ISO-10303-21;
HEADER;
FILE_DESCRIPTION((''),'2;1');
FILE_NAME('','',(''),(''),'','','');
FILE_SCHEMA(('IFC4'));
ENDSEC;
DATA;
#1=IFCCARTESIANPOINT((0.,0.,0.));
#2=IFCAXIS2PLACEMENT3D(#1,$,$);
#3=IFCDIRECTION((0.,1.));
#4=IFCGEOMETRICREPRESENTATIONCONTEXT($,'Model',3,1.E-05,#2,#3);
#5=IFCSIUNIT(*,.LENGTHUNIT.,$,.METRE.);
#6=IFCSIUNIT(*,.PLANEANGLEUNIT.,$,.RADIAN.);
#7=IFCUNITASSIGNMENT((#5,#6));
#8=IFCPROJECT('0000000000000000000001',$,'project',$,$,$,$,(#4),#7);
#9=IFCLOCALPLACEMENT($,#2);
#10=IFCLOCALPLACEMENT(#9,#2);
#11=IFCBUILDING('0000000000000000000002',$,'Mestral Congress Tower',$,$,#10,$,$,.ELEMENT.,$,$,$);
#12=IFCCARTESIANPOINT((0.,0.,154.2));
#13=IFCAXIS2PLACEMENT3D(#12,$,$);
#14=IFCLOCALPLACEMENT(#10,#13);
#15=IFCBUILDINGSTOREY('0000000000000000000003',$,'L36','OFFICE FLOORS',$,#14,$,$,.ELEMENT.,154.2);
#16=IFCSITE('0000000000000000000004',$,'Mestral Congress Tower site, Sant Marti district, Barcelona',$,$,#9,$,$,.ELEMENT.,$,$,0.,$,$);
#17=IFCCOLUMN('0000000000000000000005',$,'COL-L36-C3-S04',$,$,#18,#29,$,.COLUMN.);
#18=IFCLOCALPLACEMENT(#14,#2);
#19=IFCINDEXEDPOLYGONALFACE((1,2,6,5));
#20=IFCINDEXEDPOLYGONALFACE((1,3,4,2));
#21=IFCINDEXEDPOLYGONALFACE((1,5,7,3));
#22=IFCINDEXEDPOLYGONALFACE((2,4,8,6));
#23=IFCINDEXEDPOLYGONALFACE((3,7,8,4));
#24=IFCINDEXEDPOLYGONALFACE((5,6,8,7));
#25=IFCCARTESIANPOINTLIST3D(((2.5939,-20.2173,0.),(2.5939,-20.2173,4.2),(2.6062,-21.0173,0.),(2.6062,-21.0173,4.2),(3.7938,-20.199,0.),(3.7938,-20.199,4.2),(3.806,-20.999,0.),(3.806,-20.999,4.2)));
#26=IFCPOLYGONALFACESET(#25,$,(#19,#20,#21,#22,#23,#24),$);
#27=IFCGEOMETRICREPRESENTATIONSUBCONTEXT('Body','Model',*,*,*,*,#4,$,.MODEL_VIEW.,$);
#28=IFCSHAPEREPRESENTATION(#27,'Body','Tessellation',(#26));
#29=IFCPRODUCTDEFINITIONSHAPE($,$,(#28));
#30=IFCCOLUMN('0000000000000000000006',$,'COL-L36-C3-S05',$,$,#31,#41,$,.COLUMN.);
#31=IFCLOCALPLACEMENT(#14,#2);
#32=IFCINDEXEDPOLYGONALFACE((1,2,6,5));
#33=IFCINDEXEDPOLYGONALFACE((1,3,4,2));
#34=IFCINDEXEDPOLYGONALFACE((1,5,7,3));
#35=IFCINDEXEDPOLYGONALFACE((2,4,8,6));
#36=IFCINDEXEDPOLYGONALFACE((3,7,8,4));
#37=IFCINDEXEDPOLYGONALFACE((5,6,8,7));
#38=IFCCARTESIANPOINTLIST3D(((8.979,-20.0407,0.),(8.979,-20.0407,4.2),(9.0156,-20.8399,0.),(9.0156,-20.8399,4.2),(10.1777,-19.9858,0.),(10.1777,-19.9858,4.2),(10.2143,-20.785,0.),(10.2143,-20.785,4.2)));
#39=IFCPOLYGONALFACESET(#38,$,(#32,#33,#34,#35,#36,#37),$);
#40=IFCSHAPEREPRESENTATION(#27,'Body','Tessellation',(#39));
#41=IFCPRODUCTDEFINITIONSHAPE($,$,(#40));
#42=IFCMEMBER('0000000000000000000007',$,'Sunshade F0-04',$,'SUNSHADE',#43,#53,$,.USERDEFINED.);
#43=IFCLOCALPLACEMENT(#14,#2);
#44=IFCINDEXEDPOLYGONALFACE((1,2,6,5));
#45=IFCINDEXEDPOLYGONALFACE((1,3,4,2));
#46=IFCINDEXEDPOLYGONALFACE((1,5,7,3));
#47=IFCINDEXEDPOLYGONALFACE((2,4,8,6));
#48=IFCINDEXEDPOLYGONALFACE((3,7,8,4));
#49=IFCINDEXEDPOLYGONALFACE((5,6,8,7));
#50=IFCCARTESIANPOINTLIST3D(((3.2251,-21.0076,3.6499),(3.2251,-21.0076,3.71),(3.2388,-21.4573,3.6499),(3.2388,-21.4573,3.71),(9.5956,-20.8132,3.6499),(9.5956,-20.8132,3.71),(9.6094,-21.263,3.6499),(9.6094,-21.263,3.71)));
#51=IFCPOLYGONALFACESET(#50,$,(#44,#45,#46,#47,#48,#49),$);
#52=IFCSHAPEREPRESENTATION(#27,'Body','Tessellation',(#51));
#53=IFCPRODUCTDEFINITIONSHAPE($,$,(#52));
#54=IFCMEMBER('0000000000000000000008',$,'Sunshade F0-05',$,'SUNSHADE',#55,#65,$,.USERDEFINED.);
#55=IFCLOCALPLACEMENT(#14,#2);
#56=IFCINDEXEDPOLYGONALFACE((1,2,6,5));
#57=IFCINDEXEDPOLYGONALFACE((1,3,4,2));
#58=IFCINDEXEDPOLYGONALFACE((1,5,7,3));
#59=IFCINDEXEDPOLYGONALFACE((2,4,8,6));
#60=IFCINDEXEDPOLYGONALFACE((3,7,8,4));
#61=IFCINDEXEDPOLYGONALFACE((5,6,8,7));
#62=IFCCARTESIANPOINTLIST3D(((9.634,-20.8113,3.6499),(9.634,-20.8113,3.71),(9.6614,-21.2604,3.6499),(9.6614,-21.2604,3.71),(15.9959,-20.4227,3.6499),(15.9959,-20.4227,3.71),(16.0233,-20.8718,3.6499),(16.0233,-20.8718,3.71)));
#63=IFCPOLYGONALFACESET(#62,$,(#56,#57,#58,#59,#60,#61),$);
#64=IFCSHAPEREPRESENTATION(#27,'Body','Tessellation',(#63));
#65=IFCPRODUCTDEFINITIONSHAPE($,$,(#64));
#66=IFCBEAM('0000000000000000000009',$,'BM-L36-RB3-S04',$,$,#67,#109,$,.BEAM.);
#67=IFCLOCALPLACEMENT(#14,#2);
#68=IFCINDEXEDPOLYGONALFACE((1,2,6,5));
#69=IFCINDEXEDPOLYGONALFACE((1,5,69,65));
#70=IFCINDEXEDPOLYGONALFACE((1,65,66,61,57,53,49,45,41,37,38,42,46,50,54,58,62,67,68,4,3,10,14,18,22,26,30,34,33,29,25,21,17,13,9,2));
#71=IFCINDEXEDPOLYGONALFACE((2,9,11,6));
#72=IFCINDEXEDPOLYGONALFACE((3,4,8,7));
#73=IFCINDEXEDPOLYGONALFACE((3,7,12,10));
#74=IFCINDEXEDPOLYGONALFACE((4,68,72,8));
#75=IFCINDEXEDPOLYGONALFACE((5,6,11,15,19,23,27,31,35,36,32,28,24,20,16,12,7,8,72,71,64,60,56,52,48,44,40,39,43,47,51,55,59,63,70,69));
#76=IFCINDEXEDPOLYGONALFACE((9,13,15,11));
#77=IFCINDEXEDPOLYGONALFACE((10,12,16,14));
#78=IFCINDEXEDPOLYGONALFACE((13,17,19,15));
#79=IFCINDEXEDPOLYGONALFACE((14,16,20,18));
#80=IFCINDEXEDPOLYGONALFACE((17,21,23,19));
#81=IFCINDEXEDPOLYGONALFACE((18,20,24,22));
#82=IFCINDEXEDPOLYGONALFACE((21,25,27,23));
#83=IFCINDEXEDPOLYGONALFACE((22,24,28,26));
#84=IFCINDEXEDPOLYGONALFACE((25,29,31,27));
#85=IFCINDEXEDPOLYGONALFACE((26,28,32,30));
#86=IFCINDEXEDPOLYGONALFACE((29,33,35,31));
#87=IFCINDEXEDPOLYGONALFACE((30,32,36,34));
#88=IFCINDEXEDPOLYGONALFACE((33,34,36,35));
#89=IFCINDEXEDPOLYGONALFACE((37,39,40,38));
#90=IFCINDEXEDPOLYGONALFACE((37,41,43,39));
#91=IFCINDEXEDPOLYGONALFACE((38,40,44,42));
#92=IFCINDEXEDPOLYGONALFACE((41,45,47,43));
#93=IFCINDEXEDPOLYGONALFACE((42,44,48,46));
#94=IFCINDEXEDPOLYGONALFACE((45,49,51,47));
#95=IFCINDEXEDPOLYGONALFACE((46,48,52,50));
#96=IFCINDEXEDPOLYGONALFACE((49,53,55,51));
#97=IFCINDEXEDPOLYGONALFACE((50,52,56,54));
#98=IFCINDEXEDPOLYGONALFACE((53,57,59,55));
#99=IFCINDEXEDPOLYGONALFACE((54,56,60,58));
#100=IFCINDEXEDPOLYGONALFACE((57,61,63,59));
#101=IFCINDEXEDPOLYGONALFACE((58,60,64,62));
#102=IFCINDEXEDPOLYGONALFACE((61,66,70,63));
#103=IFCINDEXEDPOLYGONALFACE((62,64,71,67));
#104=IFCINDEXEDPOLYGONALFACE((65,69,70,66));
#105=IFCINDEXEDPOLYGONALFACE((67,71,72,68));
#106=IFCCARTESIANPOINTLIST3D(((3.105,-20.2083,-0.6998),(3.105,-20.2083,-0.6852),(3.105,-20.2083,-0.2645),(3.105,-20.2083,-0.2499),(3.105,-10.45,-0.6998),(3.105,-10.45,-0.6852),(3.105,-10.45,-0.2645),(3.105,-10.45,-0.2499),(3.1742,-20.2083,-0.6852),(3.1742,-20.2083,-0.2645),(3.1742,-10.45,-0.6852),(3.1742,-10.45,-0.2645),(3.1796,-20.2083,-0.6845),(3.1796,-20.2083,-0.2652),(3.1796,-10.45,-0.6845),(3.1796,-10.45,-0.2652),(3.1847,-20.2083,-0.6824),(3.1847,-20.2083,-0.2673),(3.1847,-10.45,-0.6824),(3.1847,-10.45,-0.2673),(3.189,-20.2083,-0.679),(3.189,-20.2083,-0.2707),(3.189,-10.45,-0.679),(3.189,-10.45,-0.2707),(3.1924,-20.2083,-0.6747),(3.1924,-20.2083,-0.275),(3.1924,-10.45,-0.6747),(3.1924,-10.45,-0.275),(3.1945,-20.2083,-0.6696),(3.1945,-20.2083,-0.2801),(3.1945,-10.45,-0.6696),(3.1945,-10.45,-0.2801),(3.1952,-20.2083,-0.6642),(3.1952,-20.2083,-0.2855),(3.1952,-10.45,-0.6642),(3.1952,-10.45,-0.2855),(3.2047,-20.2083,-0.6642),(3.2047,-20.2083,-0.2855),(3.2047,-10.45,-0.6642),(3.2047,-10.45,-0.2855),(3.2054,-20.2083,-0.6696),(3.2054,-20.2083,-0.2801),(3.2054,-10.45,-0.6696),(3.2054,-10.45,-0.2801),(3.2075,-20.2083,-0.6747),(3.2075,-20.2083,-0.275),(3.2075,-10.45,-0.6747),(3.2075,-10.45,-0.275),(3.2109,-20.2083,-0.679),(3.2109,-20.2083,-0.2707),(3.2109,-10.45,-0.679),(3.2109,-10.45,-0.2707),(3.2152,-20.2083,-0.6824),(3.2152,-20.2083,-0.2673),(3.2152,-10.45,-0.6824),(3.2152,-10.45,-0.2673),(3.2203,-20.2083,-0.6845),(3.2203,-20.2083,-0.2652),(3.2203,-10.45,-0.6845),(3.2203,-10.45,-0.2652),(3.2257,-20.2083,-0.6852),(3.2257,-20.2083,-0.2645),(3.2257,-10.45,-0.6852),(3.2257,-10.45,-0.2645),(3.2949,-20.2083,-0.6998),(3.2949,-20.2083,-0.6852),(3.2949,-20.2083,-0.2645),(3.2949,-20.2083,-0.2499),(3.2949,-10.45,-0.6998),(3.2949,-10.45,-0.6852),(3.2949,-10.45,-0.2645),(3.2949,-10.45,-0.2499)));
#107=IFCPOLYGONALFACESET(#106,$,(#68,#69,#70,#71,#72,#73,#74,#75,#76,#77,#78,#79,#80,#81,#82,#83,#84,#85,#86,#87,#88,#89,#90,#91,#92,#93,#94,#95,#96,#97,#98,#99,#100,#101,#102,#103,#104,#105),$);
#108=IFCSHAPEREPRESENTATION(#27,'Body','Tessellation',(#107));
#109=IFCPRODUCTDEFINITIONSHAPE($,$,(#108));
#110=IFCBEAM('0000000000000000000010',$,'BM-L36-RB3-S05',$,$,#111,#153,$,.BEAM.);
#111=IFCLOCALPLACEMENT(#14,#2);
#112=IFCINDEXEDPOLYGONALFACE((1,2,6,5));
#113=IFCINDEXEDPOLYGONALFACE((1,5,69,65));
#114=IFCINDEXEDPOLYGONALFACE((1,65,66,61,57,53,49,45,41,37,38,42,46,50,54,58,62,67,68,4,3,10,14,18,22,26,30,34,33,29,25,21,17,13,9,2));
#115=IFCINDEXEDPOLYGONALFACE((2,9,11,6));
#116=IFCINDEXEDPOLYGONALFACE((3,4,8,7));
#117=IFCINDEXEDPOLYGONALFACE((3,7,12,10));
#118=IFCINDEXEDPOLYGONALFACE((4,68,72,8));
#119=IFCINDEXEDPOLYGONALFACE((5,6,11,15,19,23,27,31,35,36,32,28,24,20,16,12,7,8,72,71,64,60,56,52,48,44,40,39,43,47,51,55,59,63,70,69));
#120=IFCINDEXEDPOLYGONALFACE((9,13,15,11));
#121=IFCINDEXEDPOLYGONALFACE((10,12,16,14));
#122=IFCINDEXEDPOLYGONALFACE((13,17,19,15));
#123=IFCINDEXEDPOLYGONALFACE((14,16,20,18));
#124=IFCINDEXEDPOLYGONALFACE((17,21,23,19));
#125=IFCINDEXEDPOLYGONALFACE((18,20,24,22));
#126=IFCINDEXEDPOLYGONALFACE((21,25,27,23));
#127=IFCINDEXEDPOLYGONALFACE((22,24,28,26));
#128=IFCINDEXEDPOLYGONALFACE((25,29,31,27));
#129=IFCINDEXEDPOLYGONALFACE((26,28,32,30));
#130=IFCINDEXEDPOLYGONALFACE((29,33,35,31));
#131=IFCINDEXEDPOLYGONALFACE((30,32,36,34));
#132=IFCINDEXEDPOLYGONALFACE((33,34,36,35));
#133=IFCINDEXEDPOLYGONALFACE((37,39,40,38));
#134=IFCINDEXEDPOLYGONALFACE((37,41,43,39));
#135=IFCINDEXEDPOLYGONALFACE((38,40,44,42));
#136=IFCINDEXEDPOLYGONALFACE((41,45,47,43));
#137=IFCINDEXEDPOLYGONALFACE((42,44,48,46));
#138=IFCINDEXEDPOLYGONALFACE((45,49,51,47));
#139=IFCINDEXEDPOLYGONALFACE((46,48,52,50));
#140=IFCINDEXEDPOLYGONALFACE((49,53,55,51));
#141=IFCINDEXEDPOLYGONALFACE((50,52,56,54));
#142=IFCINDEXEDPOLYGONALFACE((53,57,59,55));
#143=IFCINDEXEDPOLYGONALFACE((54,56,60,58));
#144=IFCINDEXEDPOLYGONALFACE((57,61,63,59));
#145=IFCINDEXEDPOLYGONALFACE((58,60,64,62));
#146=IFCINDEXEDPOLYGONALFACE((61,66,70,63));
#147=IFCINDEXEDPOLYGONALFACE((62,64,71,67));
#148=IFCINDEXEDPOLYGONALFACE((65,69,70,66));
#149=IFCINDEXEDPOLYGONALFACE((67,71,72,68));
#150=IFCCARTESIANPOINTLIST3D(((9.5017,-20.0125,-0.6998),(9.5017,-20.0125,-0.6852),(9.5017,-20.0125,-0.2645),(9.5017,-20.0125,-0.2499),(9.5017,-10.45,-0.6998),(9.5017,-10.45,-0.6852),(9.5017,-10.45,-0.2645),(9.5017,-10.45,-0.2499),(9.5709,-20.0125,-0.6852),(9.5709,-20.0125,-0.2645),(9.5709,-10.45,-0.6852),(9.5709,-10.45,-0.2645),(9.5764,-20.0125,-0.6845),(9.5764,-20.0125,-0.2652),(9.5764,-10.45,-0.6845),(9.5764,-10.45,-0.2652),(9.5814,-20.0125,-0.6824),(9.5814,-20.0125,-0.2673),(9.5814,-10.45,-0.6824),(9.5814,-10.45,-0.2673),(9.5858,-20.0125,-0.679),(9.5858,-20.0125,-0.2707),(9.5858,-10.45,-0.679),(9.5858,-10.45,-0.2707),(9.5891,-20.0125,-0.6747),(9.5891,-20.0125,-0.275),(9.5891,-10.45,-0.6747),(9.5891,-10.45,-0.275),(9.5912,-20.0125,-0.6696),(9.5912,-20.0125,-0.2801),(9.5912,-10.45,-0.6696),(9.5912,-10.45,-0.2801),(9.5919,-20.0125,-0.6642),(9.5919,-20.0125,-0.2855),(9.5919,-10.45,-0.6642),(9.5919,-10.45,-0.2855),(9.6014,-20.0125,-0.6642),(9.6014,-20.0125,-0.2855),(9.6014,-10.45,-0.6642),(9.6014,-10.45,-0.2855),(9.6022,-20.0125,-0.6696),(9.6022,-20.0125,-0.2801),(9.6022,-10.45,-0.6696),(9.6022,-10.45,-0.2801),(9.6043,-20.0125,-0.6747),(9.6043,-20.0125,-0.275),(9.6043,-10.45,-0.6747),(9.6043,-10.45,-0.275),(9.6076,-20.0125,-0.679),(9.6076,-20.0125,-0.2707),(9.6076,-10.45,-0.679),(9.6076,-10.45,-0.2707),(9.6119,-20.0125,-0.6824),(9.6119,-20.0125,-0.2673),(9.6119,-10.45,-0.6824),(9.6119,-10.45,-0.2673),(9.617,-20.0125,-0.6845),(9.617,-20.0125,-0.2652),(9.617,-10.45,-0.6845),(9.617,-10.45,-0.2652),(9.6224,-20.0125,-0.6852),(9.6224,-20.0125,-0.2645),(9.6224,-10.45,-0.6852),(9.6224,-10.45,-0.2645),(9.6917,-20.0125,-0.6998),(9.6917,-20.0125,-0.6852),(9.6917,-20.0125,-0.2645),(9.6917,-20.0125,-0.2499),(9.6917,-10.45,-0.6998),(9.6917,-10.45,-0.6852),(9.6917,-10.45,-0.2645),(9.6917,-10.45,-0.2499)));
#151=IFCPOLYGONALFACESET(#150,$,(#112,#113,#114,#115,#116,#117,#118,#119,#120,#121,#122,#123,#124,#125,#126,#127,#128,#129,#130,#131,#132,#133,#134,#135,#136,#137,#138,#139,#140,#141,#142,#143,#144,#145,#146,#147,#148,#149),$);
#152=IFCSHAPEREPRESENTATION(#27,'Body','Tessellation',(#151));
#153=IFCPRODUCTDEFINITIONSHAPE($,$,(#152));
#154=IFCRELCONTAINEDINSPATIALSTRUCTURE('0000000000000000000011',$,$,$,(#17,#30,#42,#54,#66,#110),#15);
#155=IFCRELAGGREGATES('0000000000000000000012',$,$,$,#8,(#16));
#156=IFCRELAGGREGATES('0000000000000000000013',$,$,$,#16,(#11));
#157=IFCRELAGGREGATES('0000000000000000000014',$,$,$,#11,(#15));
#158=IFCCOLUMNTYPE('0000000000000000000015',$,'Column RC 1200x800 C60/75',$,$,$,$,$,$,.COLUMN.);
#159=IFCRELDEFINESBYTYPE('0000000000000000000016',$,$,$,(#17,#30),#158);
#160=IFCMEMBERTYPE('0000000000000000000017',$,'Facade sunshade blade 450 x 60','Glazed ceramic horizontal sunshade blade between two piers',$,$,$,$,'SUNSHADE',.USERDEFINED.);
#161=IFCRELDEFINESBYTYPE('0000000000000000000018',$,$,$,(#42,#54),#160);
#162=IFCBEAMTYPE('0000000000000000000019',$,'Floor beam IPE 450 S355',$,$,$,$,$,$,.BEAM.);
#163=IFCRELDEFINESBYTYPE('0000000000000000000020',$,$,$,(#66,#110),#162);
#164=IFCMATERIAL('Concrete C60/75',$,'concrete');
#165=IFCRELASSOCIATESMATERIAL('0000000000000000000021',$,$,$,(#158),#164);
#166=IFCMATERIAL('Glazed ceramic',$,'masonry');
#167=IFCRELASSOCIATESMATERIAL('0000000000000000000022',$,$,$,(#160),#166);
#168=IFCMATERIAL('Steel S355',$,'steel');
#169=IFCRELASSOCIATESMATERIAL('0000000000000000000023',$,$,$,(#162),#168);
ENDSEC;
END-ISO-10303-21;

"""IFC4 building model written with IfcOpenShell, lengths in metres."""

from ifc_helpers import new_model, si_unit, direction, frame, origin, origin_2d, place, context, subcontext, project, spatial, rectangle, i_section, extrude, material, material_profile, profile_set, type_object, element, save


model = new_model("IFC4")

# Units and contexts
model_context = context("Model", 3, precision=1e-05, world=origin(), true_north=direction((0.0, 1.0)))
body_context = subcontext(model_context, "Body", "Model", "MODEL_VIEW")
ifc_project = project(units=[si_unit("LENGTHUNIT", "METRE"), si_unit("PLANEANGLEUNIT", "RADIAN")], contexts=[model_context])

# Site, building, storey
site_placement = place(None, origin())
site = spatial("IfcSite", under=ifc_project, at=site_placement, Name="Mestral Congress Tower site, Sant Marti district, Barcelona", CompositionType="ELEMENT", RefElevation=0.0)
building_placement = place(site_placement, origin())
building = spatial("IfcBuilding", under=site, at=building_placement, Name="Mestral Congress Tower", CompositionType="ELEMENT")
storey_placement = place(building_placement, frame((0.0, 0.0, 154.2)))
storey = spatial("IfcBuildingStorey", under=building, at=storey_placement, Name="L36", Description="OFFICE FLOORS", CompositionType="ELEMENT", Elevation=154.2)

# Columns
ifc_material_1 = material(Name="Concrete C60/75", Category="concrete")
ifc_material_profile_1 = material_profile(ifc_material_1, rectangle(XDim=1.2, YDim=0.8, at=origin_2d()), Name="RC 1200x800")
ifc_profile_set_1 = profile_set([ifc_material_profile_1], Name="Concrete C60/75")
column_type = type_object("IfcColumnType", Name="Column RC 1200x800 C60/75", PredefinedType="COLUMN", material=ifc_profile_set_1)
for number, where, z_axis, x_axis, name in (
    (1, (3.2, -20.6082, 0.0), (0.0, 0.0, 1.0), (0.999884, 0.015262, 0.0), "COL-L36-C3-S04"),
    (2, (9.5967, -20.4128, 0.0), (0.0, 0.0, 1.0), (0.998952, 0.045771, 0.0), "COL-L36-C3-S05"),
):
    element("IfcColumn", number, at=place(storey_placement, frame(where, z_axis=z_axis, x_axis=x_axis)), inside=storey, type_object=column_type, Name=name, PredefinedType="COLUMN", context=body_context, shape_type="SweptSolid", body=[
        extrude(rectangle(XDim=1.2, YDim=0.8, at=origin_2d()), origin(), (0.0, 0.0, 1.0), 4.2),
    ])

# Members
ifc_material_2 = material(Name="Glazed ceramic", Category="masonry")
ifc_material_profile_2 = material_profile(ifc_material_2, rectangle(XDim=0.45, YDim=0.0601, at=origin_2d()), Name="Ceramic blade 450 x 60")
ifc_profile_set_2 = profile_set([ifc_material_profile_2], Name="Glazed ceramic")
member_type = type_object("IfcMemberType", Name="Facade sunshade blade 450 x 60", Description="Glazed ceramic horizontal sunshade blade between two piers", ElementType="SUNSHADE", PredefinedType="USERDEFINED", material=ifc_profile_set_2)
member_1_placement = place(storey_placement, frame((3.2319, -21.2324, 3.6799), z_axis=(0.999535, 0.030491, 0.0), x_axis=(-0.030491, 0.999535, 0.0)))
element("IfcMember", 3, at=member_1_placement, inside=storey, type_object=member_type, Name="Sunshade F0-04", ObjectType="SUNSHADE", PredefinedType="USERDEFINED", context=body_context, shape_type="SweptSolid", body=[
    extrude(rectangle(XDim=0.45, YDim=0.0601, at=origin_2d()), origin(), (0.0, 0.0, 1.0), 6.3735),
])
member_2_placement = place(storey_placement, frame((9.6477, -21.0359, 3.6799), z_axis=(0.998139, 0.060981, 0.0), x_axis=(-0.060981, 0.998139, 0.0)))
element("IfcMember", 4, at=member_2_placement, inside=storey, type_object=member_type, Name="Sunshade F0-05", ObjectType="SUNSHADE", PredefinedType="USERDEFINED", context=body_context, shape_type="SweptSolid", body=[
    extrude(rectangle(XDim=0.45, YDim=0.0601, at=origin_2d()), origin(), (0.0, 0.0, 1.0), 6.3738),
])

# Beams
ifc_material_3 = material(Name="Steel S355", Category="steel")
ifc_material_profile_3 = material_profile(ifc_material_3, i_section(OverallWidth=0.1899, OverallDepth=0.45, WebThickness=0.0095, FlangeThickness=0.0146, FilletRadius=0.021, at=origin_2d()), Name="IPE 450")
ifc_profile_set_3 = profile_set([ifc_material_profile_3], Name="Steel S355")
beam_type_1 = type_object("IfcBeamType", Name="Floor beam IPE 450 S355", PredefinedType="BEAM", material=ifc_profile_set_3)
beam_1_placement = place(storey_placement, frame((3.2, -20.2083, -0.4749), z_axis=(0.0, 1.0, 0.0), x_axis=(-1.0, 0.0, 0.0)))
element("IfcBeam", 5, at=beam_1_placement, inside=storey, type_object=beam_type_1, Name="BM-L36-RB3-S04", PredefinedType="BEAM", context=body_context, shape_type="SweptSolid", body=[
    extrude(i_section(OverallWidth=0.1899, OverallDepth=0.45, WebThickness=0.0095, FlangeThickness=0.0146, FilletRadius=0.021, at=origin_2d()), origin(), (0.0, 0.0, 1.0), 9.7583),
])
beam_2_placement = place(storey_placement, frame((9.5967, -20.0125, -0.4749), z_axis=(0.0, 1.0, 0.0), x_axis=(-1.0, 0.0, 0.0)))
element("IfcBeam", 6, at=beam_2_placement, inside=storey, type_object=beam_type_1, Name="BM-L36-RB3-S05", PredefinedType="BEAM", context=body_context, shape_type="SweptSolid", body=[
    extrude(i_section(OverallWidth=0.1899, OverallDepth=0.45, WebThickness=0.0095, FlangeThickness=0.0146, FilletRadius=0.021, at=origin_2d()), origin(), (0.0, 0.0, 1.0), 9.5625),
])

save(model, "model.ifc")
